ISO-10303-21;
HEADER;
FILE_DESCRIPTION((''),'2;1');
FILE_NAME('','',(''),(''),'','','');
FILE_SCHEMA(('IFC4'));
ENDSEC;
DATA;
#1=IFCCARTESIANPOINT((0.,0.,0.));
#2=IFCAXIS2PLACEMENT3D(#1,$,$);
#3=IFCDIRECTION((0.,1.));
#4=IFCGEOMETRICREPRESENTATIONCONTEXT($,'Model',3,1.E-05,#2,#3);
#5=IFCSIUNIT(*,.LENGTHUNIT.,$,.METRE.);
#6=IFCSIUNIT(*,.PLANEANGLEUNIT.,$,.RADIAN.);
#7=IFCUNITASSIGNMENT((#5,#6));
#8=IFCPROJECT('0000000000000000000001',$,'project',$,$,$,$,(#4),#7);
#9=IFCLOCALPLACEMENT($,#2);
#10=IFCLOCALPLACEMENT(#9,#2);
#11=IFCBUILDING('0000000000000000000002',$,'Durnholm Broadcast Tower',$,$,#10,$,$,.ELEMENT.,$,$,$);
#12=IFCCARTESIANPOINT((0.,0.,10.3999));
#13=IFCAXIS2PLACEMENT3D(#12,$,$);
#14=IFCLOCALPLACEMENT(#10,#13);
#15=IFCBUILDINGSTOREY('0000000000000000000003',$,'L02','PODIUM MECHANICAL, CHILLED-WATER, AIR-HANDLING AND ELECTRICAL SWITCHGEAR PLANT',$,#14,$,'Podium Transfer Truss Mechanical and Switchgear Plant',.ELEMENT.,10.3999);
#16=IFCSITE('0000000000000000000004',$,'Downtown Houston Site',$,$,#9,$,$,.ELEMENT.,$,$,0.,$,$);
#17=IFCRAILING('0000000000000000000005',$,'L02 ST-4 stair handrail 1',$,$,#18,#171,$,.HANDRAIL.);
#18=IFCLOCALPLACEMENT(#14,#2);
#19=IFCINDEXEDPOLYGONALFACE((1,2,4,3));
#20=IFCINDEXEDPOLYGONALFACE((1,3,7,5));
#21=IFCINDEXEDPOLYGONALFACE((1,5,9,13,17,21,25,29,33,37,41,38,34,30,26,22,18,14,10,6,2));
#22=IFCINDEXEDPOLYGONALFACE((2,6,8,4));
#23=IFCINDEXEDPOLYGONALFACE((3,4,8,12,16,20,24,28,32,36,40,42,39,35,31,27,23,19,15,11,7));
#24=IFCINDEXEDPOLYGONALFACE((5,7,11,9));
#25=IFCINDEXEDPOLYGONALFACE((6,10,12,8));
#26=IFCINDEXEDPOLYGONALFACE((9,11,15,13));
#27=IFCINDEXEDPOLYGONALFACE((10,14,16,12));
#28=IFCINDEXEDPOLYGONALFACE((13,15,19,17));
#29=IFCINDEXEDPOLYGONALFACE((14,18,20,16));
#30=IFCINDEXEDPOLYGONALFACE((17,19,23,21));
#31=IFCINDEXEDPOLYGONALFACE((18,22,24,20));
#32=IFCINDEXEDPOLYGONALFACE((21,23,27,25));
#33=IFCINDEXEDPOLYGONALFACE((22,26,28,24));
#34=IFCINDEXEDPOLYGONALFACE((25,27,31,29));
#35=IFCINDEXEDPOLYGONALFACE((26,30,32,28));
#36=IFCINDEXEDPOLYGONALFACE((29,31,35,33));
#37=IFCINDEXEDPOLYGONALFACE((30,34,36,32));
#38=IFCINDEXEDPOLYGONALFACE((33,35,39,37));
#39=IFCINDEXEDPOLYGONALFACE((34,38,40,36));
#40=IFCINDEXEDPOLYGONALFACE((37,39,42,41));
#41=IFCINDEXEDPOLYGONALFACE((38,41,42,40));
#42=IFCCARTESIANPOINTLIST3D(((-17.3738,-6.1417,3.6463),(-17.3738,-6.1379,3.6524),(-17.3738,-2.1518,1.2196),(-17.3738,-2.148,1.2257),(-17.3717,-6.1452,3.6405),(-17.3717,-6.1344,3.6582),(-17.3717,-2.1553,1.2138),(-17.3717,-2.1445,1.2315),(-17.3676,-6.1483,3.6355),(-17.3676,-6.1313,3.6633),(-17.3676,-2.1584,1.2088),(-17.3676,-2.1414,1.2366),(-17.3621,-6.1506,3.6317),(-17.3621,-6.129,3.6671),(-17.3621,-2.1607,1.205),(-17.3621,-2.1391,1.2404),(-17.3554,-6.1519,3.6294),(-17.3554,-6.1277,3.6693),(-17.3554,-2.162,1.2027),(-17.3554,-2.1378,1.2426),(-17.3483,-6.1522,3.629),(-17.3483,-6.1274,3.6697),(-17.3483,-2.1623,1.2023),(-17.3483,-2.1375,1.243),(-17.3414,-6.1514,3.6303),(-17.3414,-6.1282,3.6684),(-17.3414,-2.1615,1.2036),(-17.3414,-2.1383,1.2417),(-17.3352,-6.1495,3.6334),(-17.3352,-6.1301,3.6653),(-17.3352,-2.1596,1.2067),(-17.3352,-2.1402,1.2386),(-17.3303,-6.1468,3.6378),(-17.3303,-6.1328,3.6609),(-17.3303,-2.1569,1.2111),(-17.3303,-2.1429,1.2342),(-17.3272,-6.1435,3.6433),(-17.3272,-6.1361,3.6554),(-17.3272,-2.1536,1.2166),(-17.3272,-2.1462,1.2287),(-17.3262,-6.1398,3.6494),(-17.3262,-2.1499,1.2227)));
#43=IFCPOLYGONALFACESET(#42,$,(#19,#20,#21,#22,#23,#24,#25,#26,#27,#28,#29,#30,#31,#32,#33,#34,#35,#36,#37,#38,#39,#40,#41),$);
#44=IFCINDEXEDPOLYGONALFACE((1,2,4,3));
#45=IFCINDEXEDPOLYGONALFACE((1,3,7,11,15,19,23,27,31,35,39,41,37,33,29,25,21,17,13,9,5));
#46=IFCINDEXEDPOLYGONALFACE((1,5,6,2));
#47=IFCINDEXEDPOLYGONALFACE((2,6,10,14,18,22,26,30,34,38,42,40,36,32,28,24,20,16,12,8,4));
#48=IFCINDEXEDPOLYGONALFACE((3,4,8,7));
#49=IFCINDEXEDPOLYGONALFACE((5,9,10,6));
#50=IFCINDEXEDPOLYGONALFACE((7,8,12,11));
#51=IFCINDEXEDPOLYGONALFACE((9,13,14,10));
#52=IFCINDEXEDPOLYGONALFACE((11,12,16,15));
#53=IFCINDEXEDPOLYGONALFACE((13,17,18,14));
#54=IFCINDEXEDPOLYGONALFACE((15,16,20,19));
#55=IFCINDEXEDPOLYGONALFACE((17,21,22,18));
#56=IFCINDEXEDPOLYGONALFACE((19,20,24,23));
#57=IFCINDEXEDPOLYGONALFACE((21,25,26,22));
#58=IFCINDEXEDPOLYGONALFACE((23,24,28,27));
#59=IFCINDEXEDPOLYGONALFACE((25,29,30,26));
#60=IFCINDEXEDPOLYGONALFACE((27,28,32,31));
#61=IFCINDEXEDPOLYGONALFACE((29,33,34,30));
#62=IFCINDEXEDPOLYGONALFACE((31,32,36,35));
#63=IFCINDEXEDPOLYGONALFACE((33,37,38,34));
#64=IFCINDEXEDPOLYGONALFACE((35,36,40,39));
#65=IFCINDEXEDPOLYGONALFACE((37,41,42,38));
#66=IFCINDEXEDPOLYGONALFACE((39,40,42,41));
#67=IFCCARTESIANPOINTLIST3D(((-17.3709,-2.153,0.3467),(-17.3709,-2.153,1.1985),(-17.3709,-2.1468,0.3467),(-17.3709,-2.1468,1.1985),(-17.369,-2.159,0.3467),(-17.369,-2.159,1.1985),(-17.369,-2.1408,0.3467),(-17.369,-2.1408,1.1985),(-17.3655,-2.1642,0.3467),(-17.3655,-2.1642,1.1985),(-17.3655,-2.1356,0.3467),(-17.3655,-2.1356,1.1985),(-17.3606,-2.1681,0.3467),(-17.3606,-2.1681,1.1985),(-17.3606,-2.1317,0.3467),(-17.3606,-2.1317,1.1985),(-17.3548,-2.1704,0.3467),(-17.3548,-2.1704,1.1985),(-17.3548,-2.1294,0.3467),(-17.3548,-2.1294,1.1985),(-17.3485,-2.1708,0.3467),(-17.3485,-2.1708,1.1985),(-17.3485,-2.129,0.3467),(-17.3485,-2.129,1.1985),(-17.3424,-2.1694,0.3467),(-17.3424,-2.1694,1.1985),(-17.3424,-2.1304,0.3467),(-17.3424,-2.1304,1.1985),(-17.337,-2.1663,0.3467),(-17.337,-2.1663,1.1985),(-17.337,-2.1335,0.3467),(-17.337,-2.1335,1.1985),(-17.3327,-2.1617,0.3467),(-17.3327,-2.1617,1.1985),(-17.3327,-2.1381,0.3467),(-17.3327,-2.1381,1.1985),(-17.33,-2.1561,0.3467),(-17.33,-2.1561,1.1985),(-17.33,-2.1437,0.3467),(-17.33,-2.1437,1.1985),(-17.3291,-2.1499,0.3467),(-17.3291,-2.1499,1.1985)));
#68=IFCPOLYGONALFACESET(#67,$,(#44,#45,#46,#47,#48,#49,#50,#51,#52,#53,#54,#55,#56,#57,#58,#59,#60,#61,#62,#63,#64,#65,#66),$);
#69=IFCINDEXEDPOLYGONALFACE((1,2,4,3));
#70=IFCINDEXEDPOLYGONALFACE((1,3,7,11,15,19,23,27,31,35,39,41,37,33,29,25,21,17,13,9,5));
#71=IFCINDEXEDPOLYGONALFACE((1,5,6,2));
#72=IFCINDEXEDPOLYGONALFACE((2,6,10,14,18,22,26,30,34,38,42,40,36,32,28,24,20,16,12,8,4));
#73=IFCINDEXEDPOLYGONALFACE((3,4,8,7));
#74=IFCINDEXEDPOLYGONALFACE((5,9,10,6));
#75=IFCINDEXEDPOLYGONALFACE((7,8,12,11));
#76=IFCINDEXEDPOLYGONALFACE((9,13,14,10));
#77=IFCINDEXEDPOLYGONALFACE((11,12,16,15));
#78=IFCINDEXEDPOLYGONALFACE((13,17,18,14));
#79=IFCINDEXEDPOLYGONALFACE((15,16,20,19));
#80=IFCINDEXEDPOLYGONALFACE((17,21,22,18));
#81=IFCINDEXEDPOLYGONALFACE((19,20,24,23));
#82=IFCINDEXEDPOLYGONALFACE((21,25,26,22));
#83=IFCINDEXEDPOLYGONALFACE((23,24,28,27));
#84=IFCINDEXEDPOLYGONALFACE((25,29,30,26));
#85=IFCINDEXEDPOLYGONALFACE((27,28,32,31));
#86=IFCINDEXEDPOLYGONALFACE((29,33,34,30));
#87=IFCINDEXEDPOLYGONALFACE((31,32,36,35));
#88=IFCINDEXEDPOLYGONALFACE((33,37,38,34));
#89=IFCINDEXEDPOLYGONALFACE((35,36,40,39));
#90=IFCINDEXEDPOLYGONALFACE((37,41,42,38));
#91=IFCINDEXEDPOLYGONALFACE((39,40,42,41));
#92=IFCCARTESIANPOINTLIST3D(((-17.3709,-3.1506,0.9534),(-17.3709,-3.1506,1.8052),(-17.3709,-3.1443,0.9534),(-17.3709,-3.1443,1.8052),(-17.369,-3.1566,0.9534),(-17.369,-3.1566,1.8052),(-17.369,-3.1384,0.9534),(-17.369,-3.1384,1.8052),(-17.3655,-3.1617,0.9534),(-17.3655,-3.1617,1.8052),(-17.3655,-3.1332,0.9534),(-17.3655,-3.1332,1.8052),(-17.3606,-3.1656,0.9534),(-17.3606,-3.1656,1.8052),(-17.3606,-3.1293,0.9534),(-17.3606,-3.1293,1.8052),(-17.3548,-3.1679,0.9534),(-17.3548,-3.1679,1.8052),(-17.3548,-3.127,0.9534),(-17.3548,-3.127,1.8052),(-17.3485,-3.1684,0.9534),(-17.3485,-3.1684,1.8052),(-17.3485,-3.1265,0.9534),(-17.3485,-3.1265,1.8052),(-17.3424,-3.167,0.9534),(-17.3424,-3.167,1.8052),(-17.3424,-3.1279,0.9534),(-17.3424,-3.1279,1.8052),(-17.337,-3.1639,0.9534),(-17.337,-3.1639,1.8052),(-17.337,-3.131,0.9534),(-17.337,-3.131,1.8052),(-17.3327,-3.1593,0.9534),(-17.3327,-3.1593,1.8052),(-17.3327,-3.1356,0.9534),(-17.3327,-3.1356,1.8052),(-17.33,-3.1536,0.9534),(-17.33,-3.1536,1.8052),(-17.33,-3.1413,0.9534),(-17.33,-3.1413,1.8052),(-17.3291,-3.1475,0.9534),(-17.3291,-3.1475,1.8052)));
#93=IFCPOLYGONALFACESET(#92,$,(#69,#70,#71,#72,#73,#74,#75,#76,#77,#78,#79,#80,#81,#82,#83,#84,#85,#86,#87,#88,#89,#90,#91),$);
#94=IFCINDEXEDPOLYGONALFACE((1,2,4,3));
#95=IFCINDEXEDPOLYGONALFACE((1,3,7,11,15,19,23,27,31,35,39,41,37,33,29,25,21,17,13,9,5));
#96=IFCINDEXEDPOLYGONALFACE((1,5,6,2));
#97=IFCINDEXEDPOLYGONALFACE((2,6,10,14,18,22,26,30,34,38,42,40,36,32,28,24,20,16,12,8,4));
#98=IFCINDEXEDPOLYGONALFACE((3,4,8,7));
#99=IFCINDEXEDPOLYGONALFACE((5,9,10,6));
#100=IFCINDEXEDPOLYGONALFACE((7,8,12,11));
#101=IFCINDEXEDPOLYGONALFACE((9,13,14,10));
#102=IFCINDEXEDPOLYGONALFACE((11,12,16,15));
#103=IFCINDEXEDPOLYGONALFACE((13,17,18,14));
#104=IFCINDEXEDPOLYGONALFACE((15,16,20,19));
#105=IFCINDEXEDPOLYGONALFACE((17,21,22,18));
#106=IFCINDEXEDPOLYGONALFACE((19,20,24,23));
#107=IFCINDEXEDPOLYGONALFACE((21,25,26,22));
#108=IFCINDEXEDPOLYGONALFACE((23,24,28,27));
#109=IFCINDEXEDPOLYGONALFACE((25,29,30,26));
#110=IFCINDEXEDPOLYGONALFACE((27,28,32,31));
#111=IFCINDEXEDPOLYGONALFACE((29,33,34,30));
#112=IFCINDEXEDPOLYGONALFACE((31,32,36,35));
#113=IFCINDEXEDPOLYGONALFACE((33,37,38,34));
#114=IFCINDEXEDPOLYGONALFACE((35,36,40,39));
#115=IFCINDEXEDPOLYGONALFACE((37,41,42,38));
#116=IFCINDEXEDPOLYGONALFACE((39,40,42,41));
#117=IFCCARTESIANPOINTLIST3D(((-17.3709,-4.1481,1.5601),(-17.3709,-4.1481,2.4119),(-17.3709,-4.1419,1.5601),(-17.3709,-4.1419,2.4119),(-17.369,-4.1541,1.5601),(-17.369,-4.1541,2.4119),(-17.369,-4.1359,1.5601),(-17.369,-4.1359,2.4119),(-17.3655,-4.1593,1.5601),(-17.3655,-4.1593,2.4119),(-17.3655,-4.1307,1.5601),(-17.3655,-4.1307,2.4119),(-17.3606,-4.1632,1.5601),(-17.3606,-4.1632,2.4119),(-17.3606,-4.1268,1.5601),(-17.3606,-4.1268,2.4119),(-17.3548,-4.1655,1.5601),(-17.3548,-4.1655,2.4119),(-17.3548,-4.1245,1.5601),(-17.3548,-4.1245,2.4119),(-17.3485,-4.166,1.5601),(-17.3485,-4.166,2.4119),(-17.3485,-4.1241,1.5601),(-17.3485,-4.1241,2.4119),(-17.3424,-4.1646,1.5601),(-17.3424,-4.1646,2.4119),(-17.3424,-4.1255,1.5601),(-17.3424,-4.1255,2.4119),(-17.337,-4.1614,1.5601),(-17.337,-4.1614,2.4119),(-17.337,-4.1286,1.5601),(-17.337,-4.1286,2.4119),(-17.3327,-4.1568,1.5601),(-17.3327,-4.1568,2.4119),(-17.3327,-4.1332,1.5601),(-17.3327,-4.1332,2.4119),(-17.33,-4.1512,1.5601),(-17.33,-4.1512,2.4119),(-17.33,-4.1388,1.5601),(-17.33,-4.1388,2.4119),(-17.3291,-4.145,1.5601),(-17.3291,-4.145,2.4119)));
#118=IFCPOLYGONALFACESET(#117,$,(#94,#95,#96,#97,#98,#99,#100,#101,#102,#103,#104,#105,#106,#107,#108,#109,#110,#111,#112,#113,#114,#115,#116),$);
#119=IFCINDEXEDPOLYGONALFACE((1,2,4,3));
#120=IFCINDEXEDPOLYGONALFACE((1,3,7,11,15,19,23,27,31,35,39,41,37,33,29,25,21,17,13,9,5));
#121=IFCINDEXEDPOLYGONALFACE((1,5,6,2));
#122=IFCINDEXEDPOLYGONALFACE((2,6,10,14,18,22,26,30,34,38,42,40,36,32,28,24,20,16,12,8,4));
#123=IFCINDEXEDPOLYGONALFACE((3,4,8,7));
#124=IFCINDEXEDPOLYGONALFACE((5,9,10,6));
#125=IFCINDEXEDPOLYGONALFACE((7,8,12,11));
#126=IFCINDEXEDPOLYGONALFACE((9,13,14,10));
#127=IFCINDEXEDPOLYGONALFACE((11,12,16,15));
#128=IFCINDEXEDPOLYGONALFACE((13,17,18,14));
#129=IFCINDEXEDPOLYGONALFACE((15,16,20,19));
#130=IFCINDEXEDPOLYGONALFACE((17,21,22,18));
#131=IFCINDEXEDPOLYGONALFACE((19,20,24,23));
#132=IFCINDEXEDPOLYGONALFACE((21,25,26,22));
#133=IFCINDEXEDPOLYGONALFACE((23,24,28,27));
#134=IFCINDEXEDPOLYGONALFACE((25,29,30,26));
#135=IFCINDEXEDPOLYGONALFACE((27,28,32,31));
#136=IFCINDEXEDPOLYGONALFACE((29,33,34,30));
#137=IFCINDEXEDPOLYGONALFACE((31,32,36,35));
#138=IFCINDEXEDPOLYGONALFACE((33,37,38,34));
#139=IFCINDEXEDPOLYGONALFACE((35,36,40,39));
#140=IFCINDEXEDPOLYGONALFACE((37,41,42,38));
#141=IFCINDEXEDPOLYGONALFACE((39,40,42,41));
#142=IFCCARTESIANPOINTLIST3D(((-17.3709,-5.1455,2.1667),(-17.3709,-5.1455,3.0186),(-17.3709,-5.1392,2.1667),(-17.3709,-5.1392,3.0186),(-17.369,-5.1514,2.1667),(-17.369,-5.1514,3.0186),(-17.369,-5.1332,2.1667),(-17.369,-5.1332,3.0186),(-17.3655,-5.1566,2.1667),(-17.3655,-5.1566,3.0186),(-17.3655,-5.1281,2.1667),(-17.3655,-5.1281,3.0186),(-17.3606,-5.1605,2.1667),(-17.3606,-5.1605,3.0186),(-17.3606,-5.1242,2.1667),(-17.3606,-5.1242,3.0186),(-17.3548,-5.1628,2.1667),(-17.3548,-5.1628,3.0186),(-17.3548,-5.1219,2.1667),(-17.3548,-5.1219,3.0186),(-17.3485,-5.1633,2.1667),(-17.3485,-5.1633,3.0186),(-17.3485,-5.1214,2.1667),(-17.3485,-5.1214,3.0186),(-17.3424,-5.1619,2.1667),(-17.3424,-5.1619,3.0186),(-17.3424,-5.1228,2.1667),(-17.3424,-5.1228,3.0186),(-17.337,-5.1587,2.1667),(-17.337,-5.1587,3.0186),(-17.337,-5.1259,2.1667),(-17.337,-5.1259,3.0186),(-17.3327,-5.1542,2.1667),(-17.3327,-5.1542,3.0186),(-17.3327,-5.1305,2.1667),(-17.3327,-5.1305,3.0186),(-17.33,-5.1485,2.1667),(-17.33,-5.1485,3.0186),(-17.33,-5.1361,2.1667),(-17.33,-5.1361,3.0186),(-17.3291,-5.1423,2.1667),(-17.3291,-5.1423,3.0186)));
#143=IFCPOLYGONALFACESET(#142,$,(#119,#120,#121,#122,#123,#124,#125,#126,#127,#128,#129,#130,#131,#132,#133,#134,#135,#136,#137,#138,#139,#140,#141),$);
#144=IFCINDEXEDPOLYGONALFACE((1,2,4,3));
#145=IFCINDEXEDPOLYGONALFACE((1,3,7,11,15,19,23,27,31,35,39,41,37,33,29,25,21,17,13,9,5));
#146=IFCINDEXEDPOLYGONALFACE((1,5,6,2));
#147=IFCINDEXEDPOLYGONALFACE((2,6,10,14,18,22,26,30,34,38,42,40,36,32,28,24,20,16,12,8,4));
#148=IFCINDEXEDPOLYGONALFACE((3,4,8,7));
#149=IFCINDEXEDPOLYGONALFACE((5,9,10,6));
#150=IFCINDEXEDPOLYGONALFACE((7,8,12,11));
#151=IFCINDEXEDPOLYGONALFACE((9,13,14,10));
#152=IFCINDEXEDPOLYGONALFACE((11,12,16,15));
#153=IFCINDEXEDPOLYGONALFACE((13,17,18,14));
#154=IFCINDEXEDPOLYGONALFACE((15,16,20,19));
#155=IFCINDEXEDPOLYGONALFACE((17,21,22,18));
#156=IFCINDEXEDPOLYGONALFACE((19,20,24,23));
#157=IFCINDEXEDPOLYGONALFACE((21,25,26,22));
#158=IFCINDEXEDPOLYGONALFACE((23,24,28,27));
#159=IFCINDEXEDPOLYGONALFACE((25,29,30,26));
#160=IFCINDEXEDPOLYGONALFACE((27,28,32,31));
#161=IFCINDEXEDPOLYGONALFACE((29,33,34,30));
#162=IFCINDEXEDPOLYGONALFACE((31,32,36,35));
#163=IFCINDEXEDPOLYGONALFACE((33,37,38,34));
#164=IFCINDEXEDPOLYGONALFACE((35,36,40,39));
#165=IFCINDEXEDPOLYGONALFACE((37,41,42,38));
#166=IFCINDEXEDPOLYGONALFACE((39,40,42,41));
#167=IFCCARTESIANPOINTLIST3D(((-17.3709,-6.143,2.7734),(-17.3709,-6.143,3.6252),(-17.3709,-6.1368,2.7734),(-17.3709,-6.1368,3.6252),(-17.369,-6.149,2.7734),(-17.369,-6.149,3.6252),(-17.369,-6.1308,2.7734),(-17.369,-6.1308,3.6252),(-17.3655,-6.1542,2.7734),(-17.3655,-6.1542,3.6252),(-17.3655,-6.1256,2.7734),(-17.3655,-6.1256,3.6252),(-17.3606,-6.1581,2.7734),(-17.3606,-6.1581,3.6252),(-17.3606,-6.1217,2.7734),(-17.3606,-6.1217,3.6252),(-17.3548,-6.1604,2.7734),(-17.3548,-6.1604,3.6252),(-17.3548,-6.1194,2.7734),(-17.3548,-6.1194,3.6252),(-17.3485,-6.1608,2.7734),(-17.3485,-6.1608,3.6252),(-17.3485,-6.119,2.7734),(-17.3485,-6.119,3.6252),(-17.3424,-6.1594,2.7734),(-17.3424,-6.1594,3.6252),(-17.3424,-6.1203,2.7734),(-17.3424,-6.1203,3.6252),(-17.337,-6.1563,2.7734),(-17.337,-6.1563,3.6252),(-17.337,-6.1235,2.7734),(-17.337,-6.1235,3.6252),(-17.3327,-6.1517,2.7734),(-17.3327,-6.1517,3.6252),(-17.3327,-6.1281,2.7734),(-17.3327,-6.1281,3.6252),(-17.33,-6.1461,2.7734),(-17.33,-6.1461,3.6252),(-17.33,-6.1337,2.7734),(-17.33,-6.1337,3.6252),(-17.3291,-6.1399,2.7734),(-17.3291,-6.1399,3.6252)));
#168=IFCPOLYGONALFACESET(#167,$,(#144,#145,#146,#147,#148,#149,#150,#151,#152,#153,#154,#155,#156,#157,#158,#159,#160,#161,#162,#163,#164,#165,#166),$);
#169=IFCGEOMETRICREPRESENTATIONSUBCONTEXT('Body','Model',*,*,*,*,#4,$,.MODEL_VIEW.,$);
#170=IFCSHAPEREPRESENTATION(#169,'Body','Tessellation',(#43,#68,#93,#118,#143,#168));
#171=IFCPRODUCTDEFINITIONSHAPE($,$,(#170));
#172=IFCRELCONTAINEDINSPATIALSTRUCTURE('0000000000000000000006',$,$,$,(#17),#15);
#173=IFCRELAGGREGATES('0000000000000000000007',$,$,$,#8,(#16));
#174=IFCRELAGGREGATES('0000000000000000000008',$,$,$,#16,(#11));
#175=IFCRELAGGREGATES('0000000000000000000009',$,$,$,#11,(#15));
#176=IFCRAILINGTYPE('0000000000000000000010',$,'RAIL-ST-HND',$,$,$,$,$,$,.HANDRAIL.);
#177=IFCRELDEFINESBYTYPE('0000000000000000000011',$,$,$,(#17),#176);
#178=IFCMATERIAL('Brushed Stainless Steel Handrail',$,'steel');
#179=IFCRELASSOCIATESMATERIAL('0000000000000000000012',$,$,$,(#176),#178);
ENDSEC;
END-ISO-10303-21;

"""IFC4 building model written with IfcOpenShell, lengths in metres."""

from ifc_helpers import new_model, si_unit, direction, frame, origin, origin_2d, place, context, subcontext, project, spatial, circle, extrude, material, type_object, element, save


model = new_model("IFC4")

# Units and contexts
model_context = context("Model", 3, precision=1e-05, world=origin(), true_north=direction((0.0, 1.0)))
body_context = subcontext(model_context, "Body", "Model", "MODEL_VIEW")
ifc_project = project(units=[si_unit("LENGTHUNIT", "METRE"), si_unit("PLANEANGLEUNIT", "RADIAN")], contexts=[model_context])

# Site, building, storey
site_placement = place(None, origin())
site = spatial("IfcSite", under=ifc_project, at=site_placement, Name="Downtown Houston Site", CompositionType="ELEMENT", RefElevation=0.0)
building_placement = place(site_placement, origin())
building = spatial("IfcBuilding", under=site, at=building_placement, Name="Durnholm Broadcast Tower", CompositionType="ELEMENT")
storey_placement = place(building_placement, frame((0.0, 0.0, 10.3999)))
storey = spatial("IfcBuildingStorey", under=building, at=storey_placement, Name="L02", Description="PODIUM MECHANICAL, CHILLED-WATER, AIR-HANDLING AND ELECTRICAL SWITCHGEAR PLANT", LongName="Podium Transfer Truss Mechanical and Switchgear Plant", CompositionType="ELEMENT", Elevation=10.3999)

# Railing
ifc_material_1 = material(Name="Brushed Stainless Steel Handrail", Category="steel")
railing_type_1 = type_object("IfcRailingType", Name="RAIL-ST-HND", PredefinedType="HANDRAIL", material=ifc_material_1)
railing_1_placement = place(storey_placement, frame((-17.3501, -2.1499, 0.3467)))
element("IfcRailing", 1, at=railing_1_placement, inside=storey, type_object=railing_type_1, Name="L02 ST-4 stair handrail 1", PredefinedType="HANDRAIL", context=body_context, shape_type="SweptSolid", body=[
    extrude(circle(Radius=0.0239, at=origin_2d()), frame((0.0, 0.0, 0.876), z_axis=(0.0, -0.854382, 0.519645), x_axis=(1.0, 0.0, 0.0)), (0.0, 0.0, 1.0), 4.6699),
    extrude(circle(Radius=0.021, at=origin_2d()), origin(), (0.0, 0.0, 1.0), 0.8518),
    extrude(circle(Radius=0.021, at=origin_2d()), frame((0.0, -0.9976, 0.6067)), (0.0, 0.0, 1.0), 0.8518),
    extrude(circle(Radius=0.021, at=origin_2d()), frame((0.0, -1.9951, 1.2134)), (0.0, 0.0, 1.0), 0.8518),
    extrude(circle(Radius=0.021, at=origin_2d()), frame((0.0, -2.9924, 1.8201)), (0.0, 0.0, 1.0), 0.8518),
    extrude(circle(Radius=0.021, at=origin_2d()), frame((0.0, -3.99, 2.4268)), (0.0, 0.0, 1.0), 0.8518),
])

save(model, "model.ifc")
